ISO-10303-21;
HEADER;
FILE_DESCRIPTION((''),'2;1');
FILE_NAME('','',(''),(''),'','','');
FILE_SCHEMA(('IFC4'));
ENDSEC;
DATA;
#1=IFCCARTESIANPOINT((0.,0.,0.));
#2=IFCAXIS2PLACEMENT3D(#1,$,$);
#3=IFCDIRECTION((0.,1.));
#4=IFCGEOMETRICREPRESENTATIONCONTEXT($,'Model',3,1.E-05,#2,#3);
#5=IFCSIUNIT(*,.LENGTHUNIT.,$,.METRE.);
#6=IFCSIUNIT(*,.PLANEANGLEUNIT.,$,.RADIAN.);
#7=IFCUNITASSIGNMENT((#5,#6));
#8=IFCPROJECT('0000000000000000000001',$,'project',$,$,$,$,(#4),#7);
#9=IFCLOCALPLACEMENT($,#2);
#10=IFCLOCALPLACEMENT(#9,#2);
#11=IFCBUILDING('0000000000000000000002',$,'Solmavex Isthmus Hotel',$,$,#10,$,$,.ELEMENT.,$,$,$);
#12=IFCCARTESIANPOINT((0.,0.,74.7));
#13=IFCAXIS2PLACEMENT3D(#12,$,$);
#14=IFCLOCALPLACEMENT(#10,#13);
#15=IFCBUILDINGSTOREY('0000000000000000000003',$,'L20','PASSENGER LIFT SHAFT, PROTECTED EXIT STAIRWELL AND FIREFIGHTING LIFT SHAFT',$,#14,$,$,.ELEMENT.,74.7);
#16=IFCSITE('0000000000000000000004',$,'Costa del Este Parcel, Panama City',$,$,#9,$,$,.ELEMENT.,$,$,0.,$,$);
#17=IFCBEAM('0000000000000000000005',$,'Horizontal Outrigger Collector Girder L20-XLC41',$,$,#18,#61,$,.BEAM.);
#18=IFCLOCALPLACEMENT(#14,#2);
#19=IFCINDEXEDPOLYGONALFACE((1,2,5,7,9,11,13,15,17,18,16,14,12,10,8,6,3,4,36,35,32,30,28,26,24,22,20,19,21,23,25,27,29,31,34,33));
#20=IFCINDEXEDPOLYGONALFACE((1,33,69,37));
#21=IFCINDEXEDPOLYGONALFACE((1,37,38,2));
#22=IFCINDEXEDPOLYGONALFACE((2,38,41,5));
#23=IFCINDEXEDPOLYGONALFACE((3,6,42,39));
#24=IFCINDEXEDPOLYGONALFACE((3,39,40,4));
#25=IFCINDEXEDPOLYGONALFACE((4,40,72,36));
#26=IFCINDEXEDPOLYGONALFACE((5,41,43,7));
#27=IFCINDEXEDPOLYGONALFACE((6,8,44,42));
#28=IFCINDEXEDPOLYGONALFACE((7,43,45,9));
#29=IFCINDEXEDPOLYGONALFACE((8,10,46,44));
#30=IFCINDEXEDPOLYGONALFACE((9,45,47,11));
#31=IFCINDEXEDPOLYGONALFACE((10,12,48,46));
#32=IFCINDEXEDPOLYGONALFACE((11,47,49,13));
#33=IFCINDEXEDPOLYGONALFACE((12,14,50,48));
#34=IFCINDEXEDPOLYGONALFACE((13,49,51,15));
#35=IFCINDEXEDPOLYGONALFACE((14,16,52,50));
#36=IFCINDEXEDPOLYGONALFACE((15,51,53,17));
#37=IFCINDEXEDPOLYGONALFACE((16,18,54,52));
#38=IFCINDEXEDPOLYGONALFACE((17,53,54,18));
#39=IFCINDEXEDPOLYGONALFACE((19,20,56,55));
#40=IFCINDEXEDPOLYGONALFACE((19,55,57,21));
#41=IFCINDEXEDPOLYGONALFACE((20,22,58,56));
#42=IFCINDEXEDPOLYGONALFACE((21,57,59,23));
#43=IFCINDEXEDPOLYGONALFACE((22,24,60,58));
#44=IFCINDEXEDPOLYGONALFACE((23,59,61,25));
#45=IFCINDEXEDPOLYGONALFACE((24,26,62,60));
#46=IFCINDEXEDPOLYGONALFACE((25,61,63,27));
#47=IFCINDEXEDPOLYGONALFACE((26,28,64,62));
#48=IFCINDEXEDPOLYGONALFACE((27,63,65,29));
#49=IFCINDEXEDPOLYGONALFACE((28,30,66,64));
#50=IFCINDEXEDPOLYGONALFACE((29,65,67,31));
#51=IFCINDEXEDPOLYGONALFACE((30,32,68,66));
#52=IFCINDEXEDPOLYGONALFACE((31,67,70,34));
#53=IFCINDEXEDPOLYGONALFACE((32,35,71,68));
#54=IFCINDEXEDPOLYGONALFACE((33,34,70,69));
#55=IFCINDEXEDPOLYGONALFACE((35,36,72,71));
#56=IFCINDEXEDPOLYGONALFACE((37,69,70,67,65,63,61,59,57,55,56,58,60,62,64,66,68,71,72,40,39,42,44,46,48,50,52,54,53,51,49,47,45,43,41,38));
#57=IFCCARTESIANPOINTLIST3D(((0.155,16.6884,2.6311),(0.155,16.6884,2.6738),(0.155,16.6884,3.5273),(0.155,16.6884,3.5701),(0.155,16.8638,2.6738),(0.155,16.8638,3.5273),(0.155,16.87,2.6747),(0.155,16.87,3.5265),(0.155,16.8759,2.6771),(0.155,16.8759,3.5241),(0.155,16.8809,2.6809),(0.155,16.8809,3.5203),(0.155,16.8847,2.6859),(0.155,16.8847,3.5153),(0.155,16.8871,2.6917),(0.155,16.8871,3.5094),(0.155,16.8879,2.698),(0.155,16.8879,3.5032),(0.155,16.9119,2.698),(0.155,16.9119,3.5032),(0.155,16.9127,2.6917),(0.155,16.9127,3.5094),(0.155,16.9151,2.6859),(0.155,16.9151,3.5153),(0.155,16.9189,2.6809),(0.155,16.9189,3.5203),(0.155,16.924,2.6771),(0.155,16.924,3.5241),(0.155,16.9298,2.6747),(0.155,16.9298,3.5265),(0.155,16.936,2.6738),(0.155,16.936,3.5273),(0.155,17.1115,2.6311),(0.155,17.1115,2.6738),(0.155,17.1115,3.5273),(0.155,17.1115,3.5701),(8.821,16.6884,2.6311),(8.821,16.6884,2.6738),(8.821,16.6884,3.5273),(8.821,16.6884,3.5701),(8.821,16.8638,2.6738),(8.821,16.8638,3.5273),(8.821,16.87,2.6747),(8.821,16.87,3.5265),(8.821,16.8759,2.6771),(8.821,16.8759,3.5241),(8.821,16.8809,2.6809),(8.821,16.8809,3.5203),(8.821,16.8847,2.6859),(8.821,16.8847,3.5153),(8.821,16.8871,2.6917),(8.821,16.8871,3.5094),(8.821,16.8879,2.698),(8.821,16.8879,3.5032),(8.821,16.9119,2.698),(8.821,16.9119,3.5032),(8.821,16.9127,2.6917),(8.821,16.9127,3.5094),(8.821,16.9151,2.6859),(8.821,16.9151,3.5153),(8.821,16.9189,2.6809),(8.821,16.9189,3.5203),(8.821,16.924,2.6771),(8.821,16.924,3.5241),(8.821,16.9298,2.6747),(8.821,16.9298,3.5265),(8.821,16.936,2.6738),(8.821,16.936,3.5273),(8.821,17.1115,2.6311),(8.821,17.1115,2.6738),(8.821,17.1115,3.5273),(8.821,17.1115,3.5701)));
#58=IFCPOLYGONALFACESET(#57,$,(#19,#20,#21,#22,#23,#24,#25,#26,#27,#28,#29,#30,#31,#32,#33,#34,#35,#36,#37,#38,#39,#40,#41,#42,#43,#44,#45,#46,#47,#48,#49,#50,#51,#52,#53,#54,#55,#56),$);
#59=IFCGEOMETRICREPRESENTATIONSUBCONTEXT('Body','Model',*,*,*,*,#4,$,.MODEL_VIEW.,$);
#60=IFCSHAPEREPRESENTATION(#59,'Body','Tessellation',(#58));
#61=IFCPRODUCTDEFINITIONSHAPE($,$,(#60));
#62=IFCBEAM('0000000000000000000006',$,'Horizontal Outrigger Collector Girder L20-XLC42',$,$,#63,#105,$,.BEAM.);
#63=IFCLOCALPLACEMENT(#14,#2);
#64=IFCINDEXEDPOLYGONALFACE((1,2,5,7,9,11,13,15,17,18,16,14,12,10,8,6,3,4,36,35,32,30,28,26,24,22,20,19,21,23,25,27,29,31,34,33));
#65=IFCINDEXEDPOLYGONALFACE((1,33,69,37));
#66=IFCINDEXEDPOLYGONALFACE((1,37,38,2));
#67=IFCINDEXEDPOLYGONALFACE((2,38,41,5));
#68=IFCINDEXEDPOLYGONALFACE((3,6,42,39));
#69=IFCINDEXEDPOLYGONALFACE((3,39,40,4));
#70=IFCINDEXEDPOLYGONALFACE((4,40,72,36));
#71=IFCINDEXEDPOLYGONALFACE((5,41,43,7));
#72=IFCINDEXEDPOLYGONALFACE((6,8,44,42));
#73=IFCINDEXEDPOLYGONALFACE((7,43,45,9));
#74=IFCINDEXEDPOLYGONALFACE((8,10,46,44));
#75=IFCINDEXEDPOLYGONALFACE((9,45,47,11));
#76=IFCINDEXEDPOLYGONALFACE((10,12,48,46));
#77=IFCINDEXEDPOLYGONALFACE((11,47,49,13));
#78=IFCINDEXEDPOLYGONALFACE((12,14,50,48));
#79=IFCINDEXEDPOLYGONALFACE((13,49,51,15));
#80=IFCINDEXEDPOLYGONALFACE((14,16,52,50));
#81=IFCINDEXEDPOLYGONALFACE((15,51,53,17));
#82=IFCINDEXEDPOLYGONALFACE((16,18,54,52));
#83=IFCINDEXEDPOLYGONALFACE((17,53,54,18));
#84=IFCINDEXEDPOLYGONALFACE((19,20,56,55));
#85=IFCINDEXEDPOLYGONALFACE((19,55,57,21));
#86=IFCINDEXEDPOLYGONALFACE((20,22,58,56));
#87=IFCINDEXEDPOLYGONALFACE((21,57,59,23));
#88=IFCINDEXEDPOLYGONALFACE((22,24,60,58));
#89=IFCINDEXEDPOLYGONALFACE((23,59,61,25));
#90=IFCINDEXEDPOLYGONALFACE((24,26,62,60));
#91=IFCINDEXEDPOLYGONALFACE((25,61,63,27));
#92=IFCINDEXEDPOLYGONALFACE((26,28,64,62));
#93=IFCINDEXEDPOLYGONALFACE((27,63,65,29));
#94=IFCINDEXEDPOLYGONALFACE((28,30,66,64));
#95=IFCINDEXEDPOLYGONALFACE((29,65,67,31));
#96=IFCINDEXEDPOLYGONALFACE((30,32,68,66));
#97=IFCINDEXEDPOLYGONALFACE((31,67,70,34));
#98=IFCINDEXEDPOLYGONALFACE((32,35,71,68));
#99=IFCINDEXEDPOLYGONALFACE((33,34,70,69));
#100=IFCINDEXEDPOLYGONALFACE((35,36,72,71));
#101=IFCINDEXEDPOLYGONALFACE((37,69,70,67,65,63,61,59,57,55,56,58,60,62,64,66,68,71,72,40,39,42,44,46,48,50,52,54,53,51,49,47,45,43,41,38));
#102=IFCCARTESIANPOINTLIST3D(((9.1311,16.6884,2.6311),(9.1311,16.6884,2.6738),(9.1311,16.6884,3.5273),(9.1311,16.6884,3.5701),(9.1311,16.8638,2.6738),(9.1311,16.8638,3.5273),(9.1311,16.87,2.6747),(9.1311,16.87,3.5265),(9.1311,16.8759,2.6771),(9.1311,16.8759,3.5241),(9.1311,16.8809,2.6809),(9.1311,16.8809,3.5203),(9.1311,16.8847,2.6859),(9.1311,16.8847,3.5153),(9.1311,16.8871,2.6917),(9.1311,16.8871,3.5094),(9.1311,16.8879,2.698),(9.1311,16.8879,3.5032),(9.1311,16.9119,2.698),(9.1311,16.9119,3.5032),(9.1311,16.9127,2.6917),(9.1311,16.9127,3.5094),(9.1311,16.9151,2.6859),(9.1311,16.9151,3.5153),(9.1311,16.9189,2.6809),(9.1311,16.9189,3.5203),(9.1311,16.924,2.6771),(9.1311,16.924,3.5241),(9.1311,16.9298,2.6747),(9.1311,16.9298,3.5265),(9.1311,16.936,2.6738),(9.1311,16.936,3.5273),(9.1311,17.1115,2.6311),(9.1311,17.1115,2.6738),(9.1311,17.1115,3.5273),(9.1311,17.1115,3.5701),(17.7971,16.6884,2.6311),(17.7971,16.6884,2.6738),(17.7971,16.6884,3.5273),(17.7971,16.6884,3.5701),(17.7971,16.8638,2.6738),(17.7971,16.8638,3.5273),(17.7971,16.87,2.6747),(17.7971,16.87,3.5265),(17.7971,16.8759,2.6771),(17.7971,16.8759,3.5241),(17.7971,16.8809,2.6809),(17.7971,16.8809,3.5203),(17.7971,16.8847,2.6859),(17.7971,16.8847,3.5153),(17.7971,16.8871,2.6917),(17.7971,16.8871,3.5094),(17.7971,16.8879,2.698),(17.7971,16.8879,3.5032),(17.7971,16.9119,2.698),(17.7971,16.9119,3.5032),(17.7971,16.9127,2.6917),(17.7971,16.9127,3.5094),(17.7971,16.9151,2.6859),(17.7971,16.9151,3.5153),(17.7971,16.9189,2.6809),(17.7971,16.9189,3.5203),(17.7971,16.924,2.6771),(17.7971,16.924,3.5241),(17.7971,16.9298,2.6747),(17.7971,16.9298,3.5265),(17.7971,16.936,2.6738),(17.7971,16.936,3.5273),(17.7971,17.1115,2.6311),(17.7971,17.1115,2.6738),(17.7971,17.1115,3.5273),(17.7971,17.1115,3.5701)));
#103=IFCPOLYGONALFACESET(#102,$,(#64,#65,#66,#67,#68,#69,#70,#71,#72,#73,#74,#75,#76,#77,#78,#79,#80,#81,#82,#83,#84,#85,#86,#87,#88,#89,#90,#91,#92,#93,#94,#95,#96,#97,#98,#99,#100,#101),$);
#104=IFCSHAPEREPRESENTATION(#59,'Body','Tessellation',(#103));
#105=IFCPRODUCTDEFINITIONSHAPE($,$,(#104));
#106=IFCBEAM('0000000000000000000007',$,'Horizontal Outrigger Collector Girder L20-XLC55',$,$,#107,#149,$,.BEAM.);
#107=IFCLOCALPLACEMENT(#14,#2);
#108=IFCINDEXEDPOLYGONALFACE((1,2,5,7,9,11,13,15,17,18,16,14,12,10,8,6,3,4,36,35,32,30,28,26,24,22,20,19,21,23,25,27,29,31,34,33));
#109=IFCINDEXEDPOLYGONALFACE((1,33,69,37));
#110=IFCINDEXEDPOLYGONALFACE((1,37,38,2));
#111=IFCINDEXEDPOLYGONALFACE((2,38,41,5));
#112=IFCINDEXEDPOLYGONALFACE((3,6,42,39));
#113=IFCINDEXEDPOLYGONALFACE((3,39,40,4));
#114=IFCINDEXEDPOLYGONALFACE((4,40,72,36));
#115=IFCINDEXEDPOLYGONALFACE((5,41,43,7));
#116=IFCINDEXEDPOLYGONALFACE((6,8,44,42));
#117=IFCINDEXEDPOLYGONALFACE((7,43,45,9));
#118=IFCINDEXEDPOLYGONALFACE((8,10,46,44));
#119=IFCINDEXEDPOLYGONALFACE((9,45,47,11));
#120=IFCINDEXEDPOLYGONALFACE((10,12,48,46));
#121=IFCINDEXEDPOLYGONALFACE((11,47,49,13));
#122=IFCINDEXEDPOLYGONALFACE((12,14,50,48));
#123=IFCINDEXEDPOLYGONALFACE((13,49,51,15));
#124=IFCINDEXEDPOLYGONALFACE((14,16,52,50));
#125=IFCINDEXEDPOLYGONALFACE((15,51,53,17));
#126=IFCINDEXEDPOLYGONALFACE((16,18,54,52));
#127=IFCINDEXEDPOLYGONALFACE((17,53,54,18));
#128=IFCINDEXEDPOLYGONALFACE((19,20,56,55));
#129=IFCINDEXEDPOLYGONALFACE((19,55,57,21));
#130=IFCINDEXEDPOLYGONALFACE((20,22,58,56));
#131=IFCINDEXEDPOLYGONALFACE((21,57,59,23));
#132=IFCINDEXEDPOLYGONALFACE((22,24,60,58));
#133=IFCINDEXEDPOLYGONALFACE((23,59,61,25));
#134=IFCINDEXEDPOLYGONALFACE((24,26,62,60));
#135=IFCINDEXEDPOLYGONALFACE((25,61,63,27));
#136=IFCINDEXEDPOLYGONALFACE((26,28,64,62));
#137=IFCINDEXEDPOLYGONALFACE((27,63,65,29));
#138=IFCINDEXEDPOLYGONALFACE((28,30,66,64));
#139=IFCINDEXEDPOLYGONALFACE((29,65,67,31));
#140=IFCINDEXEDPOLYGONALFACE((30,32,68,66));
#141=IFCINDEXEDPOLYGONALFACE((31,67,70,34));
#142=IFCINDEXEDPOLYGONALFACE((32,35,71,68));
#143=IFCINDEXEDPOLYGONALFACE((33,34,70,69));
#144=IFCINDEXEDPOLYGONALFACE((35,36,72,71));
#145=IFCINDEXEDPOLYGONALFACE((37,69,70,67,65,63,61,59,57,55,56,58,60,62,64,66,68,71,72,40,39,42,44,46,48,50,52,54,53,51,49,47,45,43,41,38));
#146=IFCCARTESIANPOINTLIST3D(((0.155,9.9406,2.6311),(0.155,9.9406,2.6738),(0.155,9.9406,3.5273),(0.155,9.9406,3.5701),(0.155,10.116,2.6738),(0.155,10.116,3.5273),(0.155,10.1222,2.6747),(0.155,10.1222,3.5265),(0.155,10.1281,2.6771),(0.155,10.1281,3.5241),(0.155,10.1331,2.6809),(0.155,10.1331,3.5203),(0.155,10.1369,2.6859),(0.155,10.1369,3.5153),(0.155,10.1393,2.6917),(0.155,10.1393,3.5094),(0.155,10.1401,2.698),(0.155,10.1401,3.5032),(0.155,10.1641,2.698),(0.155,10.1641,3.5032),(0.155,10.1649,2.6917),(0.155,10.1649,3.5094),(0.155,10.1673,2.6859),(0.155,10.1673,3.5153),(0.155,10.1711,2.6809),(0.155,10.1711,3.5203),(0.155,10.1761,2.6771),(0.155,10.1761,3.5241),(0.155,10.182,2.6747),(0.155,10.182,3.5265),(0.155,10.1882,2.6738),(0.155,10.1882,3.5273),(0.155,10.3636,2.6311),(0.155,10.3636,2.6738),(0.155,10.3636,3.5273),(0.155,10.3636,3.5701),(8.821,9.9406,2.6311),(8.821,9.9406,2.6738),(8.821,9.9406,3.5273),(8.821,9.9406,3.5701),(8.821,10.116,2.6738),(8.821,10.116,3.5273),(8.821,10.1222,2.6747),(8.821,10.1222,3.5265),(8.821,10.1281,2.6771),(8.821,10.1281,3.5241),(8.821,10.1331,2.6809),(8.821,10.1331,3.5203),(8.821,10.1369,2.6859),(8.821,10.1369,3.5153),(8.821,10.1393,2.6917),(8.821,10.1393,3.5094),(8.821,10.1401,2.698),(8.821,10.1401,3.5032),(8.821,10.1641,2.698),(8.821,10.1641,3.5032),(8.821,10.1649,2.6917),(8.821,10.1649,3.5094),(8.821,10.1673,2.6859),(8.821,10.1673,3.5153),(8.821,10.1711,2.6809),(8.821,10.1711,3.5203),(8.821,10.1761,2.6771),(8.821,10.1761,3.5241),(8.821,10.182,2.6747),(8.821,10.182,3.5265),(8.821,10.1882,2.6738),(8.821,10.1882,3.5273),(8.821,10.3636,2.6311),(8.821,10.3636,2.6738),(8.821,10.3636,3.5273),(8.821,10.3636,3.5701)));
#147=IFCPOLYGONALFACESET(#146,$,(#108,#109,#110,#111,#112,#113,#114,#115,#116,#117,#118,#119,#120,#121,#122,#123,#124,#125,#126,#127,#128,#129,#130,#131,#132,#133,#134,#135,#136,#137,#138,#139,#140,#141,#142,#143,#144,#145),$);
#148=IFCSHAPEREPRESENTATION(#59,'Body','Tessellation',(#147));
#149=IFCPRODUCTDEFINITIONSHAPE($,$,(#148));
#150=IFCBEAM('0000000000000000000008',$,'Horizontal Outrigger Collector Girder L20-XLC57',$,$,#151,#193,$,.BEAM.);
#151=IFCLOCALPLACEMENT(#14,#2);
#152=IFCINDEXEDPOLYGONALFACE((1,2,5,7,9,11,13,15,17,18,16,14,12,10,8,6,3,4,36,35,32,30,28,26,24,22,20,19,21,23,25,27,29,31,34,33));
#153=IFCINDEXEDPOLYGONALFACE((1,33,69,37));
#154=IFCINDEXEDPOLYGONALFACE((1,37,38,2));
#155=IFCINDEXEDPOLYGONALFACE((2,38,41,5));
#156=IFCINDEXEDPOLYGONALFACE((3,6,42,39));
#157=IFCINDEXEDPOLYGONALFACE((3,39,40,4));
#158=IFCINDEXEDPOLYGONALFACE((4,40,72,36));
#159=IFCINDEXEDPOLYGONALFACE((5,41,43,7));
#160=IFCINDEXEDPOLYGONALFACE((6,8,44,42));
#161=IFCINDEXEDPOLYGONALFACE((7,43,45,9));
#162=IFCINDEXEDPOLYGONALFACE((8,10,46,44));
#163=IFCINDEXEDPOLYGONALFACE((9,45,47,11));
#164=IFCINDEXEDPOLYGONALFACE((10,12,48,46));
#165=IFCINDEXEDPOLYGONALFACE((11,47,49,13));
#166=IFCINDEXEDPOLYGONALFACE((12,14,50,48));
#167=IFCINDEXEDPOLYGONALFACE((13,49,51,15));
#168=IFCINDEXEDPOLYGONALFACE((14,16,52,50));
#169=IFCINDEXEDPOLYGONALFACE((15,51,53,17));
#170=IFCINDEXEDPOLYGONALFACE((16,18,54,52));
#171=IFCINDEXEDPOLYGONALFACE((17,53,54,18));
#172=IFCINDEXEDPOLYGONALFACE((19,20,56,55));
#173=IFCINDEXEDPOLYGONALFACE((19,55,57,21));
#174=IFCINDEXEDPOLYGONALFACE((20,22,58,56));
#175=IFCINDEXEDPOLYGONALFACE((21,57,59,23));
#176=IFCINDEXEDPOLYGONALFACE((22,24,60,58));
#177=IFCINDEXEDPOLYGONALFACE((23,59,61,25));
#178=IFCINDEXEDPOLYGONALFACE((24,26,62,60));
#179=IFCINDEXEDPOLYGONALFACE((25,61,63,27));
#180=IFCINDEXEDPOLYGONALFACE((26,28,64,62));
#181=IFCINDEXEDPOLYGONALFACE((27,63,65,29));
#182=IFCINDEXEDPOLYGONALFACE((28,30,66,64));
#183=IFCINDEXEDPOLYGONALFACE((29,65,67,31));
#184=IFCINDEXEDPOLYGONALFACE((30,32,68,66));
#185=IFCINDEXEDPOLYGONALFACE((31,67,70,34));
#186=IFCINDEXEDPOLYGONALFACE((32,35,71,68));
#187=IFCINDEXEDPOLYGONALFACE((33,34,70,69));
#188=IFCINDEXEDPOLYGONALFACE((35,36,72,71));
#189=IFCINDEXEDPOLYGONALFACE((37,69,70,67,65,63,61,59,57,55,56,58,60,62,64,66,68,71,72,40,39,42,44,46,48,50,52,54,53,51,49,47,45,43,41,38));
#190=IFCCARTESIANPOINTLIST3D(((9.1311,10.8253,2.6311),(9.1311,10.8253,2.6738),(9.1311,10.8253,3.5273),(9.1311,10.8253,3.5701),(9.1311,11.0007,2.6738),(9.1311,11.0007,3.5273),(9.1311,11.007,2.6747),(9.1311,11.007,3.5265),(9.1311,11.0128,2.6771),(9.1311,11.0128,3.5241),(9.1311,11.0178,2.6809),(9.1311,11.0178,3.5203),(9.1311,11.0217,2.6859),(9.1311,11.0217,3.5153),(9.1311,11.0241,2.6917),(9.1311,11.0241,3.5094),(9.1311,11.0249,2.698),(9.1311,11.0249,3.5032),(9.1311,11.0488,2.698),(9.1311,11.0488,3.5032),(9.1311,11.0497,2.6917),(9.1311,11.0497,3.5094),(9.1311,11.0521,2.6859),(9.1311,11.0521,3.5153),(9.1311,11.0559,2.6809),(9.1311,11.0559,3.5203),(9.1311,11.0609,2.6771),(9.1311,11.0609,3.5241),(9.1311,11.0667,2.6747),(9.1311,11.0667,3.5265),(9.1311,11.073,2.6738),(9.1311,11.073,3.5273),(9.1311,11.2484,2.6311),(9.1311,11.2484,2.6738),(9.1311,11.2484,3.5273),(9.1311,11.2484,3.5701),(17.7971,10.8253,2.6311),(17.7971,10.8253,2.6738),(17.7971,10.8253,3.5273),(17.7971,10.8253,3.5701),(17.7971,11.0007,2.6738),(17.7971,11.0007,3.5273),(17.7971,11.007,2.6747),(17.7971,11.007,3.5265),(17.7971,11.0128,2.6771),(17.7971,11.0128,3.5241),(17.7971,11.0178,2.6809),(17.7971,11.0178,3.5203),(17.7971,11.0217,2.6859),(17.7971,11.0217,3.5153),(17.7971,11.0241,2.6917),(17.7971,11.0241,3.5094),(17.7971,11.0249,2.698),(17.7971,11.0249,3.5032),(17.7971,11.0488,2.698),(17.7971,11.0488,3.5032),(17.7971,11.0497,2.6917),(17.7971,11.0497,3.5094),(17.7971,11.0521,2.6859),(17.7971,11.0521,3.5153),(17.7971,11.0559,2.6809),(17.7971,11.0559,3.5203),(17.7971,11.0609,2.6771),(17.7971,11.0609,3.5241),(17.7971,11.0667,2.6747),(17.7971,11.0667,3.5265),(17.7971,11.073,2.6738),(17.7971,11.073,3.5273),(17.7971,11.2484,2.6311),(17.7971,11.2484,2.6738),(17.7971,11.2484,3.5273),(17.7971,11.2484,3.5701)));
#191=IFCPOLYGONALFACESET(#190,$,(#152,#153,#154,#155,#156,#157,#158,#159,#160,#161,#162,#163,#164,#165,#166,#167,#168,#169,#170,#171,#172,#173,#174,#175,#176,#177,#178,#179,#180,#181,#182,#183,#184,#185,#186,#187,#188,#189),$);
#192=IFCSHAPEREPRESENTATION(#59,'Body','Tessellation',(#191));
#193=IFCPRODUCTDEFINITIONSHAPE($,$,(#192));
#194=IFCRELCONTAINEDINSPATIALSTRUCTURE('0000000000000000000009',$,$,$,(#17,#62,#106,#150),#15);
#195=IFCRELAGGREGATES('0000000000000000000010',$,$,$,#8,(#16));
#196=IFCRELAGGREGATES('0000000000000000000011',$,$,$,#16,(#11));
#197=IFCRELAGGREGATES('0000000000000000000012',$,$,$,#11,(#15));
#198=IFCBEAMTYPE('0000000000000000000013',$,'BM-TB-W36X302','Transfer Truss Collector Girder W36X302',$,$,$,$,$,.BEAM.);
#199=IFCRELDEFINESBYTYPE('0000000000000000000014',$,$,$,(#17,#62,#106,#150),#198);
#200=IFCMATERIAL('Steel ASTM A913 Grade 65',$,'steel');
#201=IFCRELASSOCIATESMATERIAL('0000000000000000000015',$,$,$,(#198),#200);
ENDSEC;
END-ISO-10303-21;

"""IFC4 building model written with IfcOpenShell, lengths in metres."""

from ifc_helpers import new_model, si_unit, direction, frame, origin, origin_2d, place, context, subcontext, project, spatial, i_section, extrude, material, material_profile, profile_set, type_object, element, save


model = new_model("IFC4")

# Units and contexts
model_context = context("Model", 3, precision=1e-05, world=origin(), true_north=direction((0.0, 1.0)))
body_context = subcontext(model_context, "Body", "Model", "MODEL_VIEW")
ifc_project = project(units=[si_unit("LENGTHUNIT", "METRE"), si_unit("PLANEANGLEUNIT", "RADIAN")], contexts=[model_context])

# Site, building, storey
site_placement = place(None, origin())
site = spatial("IfcSite", under=ifc_project, at=site_placement, Name="Costa del Este Parcel, Panama City", CompositionType="ELEMENT", RefElevation=0.0)
building_placement = place(site_placement, origin())
building = spatial("IfcBuilding", under=site, at=building_placement, Name="Solmavex Isthmus Hotel", CompositionType="ELEMENT")
storey_placement = place(building_placement, frame((0.0, 0.0, 74.7)))
storey = spatial("IfcBuildingStorey", under=building, at=storey_placement, Name="L20", Description="PASSENGER LIFT SHAFT, PROTECTED EXIT STAIRWELL AND FIREFIGHTING LIFT SHAFT", CompositionType="ELEMENT", Elevation=74.7)

# Shared definitions
ifc_material_1 = material(Name="Steel ASTM A913 Grade 65", Category="steel")

# Beams
ifc_material_profile_1 = material_profile(ifc_material_1, i_section(OverallWidth=0.4231, OverallDepth=0.939, WebThickness=0.0239, FlangeThickness=0.0427, FilletRadius=0.0242, at=origin_2d()), Name="W36X302")
ifc_profile_set_1 = profile_set([ifc_material_profile_1], Name="Steel ASTM A913 Grade 65")
beam_type_1 = type_object("IfcBeamType", Name="BM-TB-W36X302", Description="Transfer Truss Collector Girder W36X302", PredefinedType="BEAM", material=ifc_profile_set_1)
for number, where, z_axis, x_axis, name in (
    (1, (0.155, 16.8999, 3.1006), (1.0, 0.0, 0.0), (0.0, 1.0, 0.0), "Horizontal Outrigger Collector Girder L20-XLC41"),
    (2, (9.1311, 16.8999, 3.1006), (1.0, 0.0, 0.0), (0.0, 1.0, 0.0), "Horizontal Outrigger Collector Girder L20-XLC42"),
    (3, (0.155, 10.1521, 3.1006), (1.0, 0.0, 0.0), (0.0, 1.0, 0.0), "Horizontal Outrigger Collector Girder L20-XLC55"),
    (4, (9.1311, 11.0369, 3.1006), (1.0, 0.0, 0.0), (0.0, 1.0, 0.0), "Horizontal Outrigger Collector Girder L20-XLC57"),
):
    element("IfcBeam", number, at=place(storey_placement, frame(where, z_axis=z_axis, x_axis=x_axis)), inside=storey, type_object=beam_type_1, Name=name, PredefinedType="BEAM", context=body_context, shape_type="SweptSolid", body=[
        extrude(i_section(OverallWidth=0.4231, OverallDepth=0.939, WebThickness=0.0239, FlangeThickness=0.0427, FilletRadius=0.0242, at=origin_2d()), origin(), (0.0, 0.0, 1.0), 8.666),
    ])

save(model, "model.ifc")
